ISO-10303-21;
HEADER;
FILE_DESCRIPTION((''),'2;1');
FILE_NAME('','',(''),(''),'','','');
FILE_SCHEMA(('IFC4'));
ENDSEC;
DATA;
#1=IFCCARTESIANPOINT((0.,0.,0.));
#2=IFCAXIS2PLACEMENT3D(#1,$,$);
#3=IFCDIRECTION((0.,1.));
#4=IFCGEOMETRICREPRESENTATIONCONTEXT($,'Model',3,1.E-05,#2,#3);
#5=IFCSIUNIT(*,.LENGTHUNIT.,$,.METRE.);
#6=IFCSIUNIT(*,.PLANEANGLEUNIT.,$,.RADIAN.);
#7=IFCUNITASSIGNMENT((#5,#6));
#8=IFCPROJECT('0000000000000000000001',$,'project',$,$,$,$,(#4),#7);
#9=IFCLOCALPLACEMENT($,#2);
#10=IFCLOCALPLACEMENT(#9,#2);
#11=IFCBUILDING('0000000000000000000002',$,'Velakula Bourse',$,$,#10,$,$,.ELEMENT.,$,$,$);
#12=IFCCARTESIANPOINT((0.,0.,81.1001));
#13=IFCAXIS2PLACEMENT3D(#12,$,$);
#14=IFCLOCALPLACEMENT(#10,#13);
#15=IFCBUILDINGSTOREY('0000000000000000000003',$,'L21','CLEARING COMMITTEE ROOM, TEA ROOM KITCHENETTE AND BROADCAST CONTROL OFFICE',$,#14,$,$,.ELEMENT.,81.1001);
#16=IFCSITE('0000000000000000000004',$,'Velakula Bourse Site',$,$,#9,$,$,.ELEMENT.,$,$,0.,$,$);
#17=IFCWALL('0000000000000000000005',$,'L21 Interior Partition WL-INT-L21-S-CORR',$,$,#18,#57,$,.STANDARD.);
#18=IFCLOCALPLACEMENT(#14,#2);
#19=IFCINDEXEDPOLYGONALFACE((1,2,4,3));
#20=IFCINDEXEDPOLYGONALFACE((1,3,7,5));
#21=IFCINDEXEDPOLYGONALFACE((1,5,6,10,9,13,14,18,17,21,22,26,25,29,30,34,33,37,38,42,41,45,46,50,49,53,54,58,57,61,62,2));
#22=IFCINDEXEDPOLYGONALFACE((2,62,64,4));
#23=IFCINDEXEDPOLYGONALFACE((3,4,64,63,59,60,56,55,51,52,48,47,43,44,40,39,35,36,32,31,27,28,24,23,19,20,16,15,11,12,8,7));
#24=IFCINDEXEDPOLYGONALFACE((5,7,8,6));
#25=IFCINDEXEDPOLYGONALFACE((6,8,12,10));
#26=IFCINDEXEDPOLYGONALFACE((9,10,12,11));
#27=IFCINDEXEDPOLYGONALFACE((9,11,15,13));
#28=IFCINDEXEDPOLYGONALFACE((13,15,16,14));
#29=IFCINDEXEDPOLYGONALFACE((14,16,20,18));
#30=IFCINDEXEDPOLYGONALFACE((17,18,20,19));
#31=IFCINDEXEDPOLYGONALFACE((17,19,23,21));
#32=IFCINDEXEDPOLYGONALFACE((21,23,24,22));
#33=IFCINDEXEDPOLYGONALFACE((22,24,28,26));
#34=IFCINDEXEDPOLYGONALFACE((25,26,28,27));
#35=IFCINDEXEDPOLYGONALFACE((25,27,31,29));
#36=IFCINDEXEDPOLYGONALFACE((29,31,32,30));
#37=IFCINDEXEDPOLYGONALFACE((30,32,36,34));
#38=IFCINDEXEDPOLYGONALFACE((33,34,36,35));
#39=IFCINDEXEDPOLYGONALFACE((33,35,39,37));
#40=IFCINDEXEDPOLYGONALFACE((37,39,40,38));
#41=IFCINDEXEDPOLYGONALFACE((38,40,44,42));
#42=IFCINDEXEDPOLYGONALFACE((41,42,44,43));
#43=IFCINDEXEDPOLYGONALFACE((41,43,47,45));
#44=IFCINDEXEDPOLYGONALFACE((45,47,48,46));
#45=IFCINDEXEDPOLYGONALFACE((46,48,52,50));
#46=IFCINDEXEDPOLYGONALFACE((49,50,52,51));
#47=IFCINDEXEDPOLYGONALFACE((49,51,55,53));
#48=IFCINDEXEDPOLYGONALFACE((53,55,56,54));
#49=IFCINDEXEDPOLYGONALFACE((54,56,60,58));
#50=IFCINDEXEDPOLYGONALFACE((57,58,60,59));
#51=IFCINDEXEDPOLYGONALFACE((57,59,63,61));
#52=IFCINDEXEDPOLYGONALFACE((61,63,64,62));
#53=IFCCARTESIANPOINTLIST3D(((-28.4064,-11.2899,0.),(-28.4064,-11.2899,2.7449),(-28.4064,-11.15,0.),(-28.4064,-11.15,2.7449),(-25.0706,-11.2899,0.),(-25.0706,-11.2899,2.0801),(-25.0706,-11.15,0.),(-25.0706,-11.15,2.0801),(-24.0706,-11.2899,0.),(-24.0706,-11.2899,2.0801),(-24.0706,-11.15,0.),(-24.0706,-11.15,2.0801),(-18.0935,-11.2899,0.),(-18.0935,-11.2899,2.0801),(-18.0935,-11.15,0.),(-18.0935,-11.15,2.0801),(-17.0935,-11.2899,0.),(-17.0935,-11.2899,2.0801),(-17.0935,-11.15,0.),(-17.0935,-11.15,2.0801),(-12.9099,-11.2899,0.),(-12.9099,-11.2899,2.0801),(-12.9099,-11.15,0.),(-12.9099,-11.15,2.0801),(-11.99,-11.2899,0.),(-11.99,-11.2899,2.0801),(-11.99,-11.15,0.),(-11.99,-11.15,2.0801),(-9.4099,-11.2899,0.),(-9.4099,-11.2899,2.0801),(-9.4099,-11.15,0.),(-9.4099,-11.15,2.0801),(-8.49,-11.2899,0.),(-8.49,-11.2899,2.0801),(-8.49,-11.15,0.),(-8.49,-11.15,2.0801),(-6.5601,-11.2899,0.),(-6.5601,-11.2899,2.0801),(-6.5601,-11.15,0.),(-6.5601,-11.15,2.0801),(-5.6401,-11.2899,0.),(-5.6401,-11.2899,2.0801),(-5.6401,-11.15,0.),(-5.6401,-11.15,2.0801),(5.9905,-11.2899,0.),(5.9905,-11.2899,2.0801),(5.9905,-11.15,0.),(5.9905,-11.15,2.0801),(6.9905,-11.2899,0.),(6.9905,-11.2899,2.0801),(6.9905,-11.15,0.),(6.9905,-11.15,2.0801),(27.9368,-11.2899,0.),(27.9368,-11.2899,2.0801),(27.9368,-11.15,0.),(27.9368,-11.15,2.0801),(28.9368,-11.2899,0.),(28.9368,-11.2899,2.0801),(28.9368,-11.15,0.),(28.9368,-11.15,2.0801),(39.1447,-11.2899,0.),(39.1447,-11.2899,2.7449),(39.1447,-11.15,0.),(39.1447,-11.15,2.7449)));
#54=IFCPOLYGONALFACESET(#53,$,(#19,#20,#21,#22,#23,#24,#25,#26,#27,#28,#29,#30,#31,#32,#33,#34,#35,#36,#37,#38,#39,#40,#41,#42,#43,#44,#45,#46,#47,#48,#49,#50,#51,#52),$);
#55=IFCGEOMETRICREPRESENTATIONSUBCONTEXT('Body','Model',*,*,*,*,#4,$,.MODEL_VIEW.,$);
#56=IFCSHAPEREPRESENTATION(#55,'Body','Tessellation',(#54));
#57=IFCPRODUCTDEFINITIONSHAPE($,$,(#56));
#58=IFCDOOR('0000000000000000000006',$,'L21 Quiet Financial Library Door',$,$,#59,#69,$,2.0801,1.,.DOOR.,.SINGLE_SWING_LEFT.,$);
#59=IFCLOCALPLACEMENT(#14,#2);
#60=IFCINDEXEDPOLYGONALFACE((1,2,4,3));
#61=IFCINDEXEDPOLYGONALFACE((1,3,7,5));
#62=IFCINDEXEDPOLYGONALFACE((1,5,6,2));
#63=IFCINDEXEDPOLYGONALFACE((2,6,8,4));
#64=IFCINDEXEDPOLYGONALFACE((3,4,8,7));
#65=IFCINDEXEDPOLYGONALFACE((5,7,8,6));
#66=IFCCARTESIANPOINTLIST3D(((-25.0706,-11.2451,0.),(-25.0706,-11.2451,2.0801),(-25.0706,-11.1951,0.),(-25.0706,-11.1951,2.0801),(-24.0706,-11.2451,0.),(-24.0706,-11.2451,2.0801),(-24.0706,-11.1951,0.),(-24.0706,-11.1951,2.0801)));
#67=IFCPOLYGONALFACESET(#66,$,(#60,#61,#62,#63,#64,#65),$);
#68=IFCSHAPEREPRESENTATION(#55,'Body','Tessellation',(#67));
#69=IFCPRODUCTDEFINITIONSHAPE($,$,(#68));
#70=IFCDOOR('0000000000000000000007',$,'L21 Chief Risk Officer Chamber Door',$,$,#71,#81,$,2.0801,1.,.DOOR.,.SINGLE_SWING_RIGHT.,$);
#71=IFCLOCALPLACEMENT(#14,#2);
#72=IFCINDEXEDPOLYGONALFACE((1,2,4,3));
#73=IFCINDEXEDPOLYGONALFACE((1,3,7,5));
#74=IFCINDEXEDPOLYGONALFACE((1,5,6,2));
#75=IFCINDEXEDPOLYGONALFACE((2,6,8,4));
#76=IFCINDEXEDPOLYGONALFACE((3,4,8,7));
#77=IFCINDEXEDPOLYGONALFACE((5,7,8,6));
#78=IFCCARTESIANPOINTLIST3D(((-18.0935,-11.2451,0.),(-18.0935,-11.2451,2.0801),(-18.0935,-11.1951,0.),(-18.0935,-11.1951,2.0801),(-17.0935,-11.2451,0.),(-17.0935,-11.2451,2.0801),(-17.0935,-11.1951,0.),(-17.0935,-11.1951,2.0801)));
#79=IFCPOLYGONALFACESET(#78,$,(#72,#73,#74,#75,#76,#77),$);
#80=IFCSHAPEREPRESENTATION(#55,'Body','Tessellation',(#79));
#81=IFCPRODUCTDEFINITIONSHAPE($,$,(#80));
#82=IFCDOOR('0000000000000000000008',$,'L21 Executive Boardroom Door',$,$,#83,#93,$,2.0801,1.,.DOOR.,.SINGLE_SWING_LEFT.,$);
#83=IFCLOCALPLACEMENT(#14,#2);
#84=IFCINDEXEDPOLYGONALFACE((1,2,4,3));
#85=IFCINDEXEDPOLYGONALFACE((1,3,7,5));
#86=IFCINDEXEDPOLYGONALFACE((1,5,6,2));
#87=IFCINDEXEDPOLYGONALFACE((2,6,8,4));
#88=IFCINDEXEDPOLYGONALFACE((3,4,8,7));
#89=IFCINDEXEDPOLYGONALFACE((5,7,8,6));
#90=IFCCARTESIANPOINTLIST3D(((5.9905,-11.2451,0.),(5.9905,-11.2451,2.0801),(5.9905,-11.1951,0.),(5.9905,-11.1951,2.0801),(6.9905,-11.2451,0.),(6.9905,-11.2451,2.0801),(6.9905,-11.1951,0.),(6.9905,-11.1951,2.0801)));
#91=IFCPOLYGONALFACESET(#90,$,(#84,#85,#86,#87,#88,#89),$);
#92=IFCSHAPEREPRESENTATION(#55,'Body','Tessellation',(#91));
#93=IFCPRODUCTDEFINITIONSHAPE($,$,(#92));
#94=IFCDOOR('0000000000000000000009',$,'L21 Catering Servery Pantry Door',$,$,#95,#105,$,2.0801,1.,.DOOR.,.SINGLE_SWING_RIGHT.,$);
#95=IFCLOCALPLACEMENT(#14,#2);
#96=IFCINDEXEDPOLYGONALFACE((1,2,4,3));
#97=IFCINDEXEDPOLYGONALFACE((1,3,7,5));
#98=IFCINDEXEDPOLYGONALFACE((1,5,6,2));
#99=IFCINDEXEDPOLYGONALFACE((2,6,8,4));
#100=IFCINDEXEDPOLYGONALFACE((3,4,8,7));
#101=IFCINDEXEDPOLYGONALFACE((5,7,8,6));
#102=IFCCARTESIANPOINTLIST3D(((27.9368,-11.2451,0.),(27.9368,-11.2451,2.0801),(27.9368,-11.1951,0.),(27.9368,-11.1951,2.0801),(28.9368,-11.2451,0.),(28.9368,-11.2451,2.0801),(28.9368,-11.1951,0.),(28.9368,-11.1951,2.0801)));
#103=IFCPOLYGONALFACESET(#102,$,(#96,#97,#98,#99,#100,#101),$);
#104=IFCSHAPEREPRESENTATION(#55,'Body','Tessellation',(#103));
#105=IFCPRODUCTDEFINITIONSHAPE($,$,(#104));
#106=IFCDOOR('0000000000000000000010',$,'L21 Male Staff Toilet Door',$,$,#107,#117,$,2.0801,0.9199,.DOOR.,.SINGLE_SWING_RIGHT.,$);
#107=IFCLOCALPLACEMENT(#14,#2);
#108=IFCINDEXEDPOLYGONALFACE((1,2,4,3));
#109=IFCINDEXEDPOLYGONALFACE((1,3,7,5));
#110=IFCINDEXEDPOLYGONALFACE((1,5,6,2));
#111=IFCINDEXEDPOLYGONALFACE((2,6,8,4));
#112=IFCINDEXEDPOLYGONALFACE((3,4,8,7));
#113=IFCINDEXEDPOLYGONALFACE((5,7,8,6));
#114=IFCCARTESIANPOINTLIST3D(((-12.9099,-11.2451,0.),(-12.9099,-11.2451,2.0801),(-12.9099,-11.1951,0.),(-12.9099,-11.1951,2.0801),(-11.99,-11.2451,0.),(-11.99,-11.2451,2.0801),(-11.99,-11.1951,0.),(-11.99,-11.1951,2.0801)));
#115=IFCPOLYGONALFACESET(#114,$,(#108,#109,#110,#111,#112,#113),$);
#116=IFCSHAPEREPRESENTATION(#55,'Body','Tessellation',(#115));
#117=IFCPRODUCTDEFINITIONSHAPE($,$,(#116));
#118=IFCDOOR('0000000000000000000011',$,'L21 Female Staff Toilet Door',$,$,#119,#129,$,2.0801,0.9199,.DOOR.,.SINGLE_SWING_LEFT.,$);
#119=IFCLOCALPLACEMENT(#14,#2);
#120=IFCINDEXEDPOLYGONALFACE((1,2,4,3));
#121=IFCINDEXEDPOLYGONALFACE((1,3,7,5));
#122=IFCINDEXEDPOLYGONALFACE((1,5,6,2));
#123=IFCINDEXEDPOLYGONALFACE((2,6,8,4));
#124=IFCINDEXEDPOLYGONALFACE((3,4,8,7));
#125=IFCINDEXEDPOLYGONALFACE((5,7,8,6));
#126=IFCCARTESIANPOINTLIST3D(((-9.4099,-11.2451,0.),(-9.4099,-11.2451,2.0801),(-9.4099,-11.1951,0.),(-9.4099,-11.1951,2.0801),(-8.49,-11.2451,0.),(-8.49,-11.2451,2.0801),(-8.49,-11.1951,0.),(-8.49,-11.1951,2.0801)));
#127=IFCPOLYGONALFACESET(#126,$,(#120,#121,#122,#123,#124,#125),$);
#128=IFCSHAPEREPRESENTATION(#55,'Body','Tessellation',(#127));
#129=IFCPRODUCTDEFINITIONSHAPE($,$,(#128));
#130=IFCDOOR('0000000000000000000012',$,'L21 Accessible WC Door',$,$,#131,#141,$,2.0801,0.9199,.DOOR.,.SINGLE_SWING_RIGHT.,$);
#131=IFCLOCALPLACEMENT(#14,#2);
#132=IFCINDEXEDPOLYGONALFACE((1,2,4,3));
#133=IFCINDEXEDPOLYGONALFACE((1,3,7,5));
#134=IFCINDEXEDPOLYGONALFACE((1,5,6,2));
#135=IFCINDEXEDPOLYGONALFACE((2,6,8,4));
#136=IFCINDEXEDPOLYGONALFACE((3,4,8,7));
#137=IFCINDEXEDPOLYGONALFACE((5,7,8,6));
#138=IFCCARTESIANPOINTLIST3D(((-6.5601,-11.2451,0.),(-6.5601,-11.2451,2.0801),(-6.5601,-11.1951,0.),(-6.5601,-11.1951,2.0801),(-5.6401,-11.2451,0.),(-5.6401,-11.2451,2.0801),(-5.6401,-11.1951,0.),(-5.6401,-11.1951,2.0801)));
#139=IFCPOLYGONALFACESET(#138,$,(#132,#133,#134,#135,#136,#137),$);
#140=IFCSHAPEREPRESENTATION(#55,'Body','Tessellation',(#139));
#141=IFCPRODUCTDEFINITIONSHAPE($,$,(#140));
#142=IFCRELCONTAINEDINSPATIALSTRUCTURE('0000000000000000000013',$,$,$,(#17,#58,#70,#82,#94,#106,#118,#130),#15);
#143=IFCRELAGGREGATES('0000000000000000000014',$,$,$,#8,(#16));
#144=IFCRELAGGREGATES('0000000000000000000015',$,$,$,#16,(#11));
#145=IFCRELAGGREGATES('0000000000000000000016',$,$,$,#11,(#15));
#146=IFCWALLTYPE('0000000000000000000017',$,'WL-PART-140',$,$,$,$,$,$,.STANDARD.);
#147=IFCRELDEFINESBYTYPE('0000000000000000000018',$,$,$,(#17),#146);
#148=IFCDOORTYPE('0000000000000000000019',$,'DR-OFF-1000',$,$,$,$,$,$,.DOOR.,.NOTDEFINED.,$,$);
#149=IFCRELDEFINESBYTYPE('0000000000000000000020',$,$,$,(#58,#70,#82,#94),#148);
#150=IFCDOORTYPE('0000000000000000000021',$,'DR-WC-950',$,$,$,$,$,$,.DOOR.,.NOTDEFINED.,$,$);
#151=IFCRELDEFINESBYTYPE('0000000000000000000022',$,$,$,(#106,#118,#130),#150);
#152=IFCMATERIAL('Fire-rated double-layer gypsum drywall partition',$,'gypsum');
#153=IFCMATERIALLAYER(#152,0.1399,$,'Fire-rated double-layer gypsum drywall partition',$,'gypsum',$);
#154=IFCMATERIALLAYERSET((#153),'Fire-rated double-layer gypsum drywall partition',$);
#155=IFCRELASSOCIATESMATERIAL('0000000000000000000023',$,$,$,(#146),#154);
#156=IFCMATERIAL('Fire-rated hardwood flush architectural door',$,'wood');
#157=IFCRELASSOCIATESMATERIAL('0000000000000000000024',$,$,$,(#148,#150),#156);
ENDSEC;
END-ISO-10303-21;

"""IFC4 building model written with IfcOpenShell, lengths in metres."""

from ifc_helpers import new_model, si_unit, direction, frame, frame_2d, origin, place, context, subcontext, project, spatial, rectangle, extrude, material, layer, layer_set, type_object, element, fill, save


model = new_model("IFC4")

# Units and contexts
model_context = context("Model", 3, precision=1e-05, world=origin(), true_north=direction((0.0, 1.0)))
body_context = subcontext(model_context, "Body", "Model", "MODEL_VIEW")
ifc_project = project(units=[si_unit("LENGTHUNIT", "METRE"), si_unit("PLANEANGLEUNIT", "RADIAN")], contexts=[model_context])

# Site, building, storey
site_placement = place(None, origin())
site = spatial("IfcSite", under=ifc_project, at=site_placement, Name="Velakula Bourse Site", CompositionType="ELEMENT", RefElevation=0.0)
building_placement = place(site_placement, origin())
building = spatial("IfcBuilding", under=site, at=building_placement, Name="Velakula Bourse", CompositionType="ELEMENT")
storey_placement = place(building_placement, frame((0.0, 0.0, 81.1001)))
storey = spatial("IfcBuildingStorey", under=building, at=storey_placement, Name="L21", Description="CLEARING COMMITTEE ROOM, TEA ROOM KITCHENETTE AND BROADCAST CONTROL OFFICE", CompositionType="ELEMENT", Elevation=81.1001)

# Wall, openings, doors
ifc_material_1 = material(Name="Fire-rated double-layer gypsum drywall partition", Category="gypsum")
ifc_layer_1 = layer(ifc_material_1, 0.1399, Name="Fire-rated double-layer gypsum drywall partition", Category="gypsum")
ifc_layer_set_1 = layer_set([ifc_layer_1], Name="Fire-rated double-layer gypsum drywall partition")
wall_type_1 = type_object("IfcWallType", Name="WL-PART-140", PredefinedType="STANDARD", material=ifc_layer_set_1)
wall_1_placement = place(storey_placement, frame((-28.4062, -11.22, 0.0), z_axis=(0.0, 0.0, 1.0), x_axis=(1.0, 0.0, 0.0)))
wall_1 = element("IfcWall", 1, at=wall_1_placement, inside=storey, type_object=wall_type_1, Name="L21 Interior Partition WL-INT-L21-S-CORR", PredefinedType="STANDARD", context=body_context, shape_type="SweptSolid", body=[
    extrude(rectangle(XDim=67.551, YDim=0.1399, at=frame_2d((33.7754, 0.0))), origin(), (0.0, 0.0, 1.0), 2.7449),
])
opening_1_placement = place(wall_1_placement, frame((15.4963, 0.0, 0.0)))
opening_1 = element("IfcOpeningElement", 2, at=opening_1_placement, cuts=wall_1, PredefinedType="OPENING", context=body_context, shape_type="SweptSolid", body=[
    extrude(rectangle(XDim=0.9199, YDim=2.0801, at=frame_2d((0.46, 1.04))), frame((0.0, 0.0798, 0.0), z_axis=(0.0, -1.0, 0.0), x_axis=(1.0, 0.0, 0.0)), (0.0, 0.0, 1.0), 0.1599),
])
opening_2_placement = place(wall_1_placement, frame((18.9963, 0.0, 0.0)))
opening_2 = element("IfcOpeningElement", 3, at=opening_2_placement, cuts=wall_1, PredefinedType="OPENING", context=body_context, shape_type="SweptSolid", body=[
    extrude(rectangle(XDim=0.9199, YDim=2.0801, at=frame_2d((0.46, 1.04))), frame((0.0, 0.0798, 0.0), z_axis=(0.0, -1.0, 0.0), x_axis=(1.0, 0.0, 0.0)), (0.0, 0.0, 1.0), 0.1599),
])
opening_3_placement = place(wall_1_placement, frame((21.8462, 0.0, 0.0)))
opening_3 = element("IfcOpeningElement", 4, at=opening_3_placement, cuts=wall_1, PredefinedType="OPENING", context=body_context, shape_type="SweptSolid", body=[
    extrude(rectangle(XDim=0.9199, YDim=2.0801, at=frame_2d((0.46, 1.04))), frame((0.0, 0.0798, 0.0), z_axis=(0.0, -1.0, 0.0), x_axis=(1.0, 0.0, 0.0)), (0.0, 0.0, 1.0), 0.1599),
])
opening_4_placement = place(wall_1_placement, frame((3.3357, 0.0, 0.0)))
opening_4 = element("IfcOpeningElement", 5, at=opening_4_placement, cuts=wall_1, PredefinedType="OPENING", context=body_context, shape_type="SweptSolid", body=[
    extrude(rectangle(XDim=1.0, YDim=2.0801, at=frame_2d((0.5, 1.04))), frame((0.0, 0.0798, 0.0), z_axis=(0.0, -1.0, 0.0), x_axis=(1.0, 0.0, 0.0)), (0.0, 0.0, 1.0), 0.1599),
])
opening_5_placement = place(wall_1_placement, frame((10.3127, 0.0, 0.0)))
opening_5 = element("IfcOpeningElement", 6, at=opening_5_placement, cuts=wall_1, PredefinedType="OPENING", context=body_context, shape_type="SweptSolid", body=[
    extrude(rectangle(XDim=1.0, YDim=2.0801, at=frame_2d((0.5, 1.04))), frame((0.0, 0.0798, 0.0), z_axis=(0.0, -1.0, 0.0), x_axis=(1.0, 0.0, 0.0)), (0.0, 0.0, 1.0), 0.1599),
])
opening_6_placement = place(wall_1_placement, frame((34.3967, 0.0, 0.0)))
opening_6 = element("IfcOpeningElement", 7, at=opening_6_placement, cuts=wall_1, PredefinedType="OPENING", context=body_context, shape_type="SweptSolid", body=[
    extrude(rectangle(XDim=1.0, YDim=2.0801, at=frame_2d((0.5, 1.04))), frame((0.0, 0.0798, 0.0), z_axis=(0.0, -1.0, 0.0), x_axis=(1.0, 0.0, 0.0)), (0.0, 0.0, 1.0), 0.1599),
])
opening_7_placement = place(wall_1_placement, frame((56.343, 0.0, 0.0)))
opening_7 = element("IfcOpeningElement", 8, at=opening_7_placement, cuts=wall_1, PredefinedType="OPENING", context=body_context, shape_type="SweptSolid", body=[
    extrude(rectangle(XDim=1.0, YDim=2.0801, at=frame_2d((0.5, 1.04))), frame((0.0, 0.0798, 0.0), z_axis=(0.0, -1.0, 0.0), x_axis=(1.0, 0.0, 0.0)), (0.0, 0.0, 1.0), 0.1599),
])
ifc_material_2 = material(Name="Fire-rated hardwood flush architectural door", Category="wood")
door_type_1 = type_object("IfcDoorType", Name="DR-OFF-1000", OperationType="NOTDEFINED", PredefinedType="DOOR", material=ifc_material_2)
door_1_placement = place(opening_4_placement, origin())
door_1 = element("IfcDoor", 9, at=door_1_placement, inside=storey, type_object=door_type_1, Name="L21 Quiet Financial Library Door", OperationType="SINGLE_SWING_LEFT", OverallHeight=2.0801, OverallWidth=1.0, PredefinedType="DOOR", context=body_context, shape_type="SweptSolid", body=[
    extrude(rectangle(XDim=1.0, YDim=2.0801, at=frame_2d((0.5, 1.04))), frame((0.0, 0.0249, 0.0), z_axis=(0.0, -1.0, 0.0), x_axis=(1.0, 0.0, 0.0)), (0.0, 0.0, 1.0), 0.05),
])
fill(opening_4, door_1)
door_2_placement = place(opening_5_placement, origin())
door_2 = element("IfcDoor", 10, at=door_2_placement, inside=storey, type_object=door_type_1, Name="L21 Chief Risk Officer Chamber Door", OperationType="SINGLE_SWING_RIGHT", OverallHeight=2.0801, OverallWidth=1.0, PredefinedType="DOOR", context=body_context, shape_type="SweptSolid", body=[
    extrude(rectangle(XDim=1.0, YDim=2.0801, at=frame_2d((0.5, 1.04))), frame((0.0, 0.0249, 0.0), z_axis=(0.0, -1.0, 0.0), x_axis=(1.0, 0.0, 0.0)), (0.0, 0.0, 1.0), 0.05),
])
fill(opening_5, door_2)
door_3_placement = place(opening_6_placement, origin())
door_3 = element("IfcDoor", 11, at=door_3_placement, inside=storey, type_object=door_type_1, Name="L21 Executive Boardroom Door", OperationType="SINGLE_SWING_LEFT", OverallHeight=2.0801, OverallWidth=1.0, PredefinedType="DOOR", context=body_context, shape_type="SweptSolid", body=[
    extrude(rectangle(XDim=1.0, YDim=2.0801, at=frame_2d((0.5, 1.04))), frame((0.0, 0.0249, 0.0), z_axis=(0.0, -1.0, 0.0), x_axis=(1.0, 0.0, 0.0)), (0.0, 0.0, 1.0), 0.05),
])
fill(opening_6, door_3)
door_4_placement = place(opening_7_placement, origin())
door_4 = element("IfcDoor", 12, at=door_4_placement, inside=storey, type_object=door_type_1, Name="L21 Catering Servery Pantry Door", OperationType="SINGLE_SWING_RIGHT", OverallHeight=2.0801, OverallWidth=1.0, PredefinedType="DOOR", context=body_context, shape_type="SweptSolid", body=[
    extrude(rectangle(XDim=1.0, YDim=2.0801, at=frame_2d((0.5, 1.04))), frame((0.0, 0.0249, 0.0), z_axis=(0.0, -1.0, 0.0), x_axis=(1.0, 0.0, 0.0)), (0.0, 0.0, 1.0), 0.05),
])
fill(opening_7, door_4)
door_type_2 = type_object("IfcDoorType", Name="DR-WC-950", OperationType="NOTDEFINED", PredefinedType="DOOR", material=ifc_material_2)
door_5_placement = place(opening_1_placement, origin())
door_5 = element("IfcDoor", 13, at=door_5_placement, inside=storey, type_object=door_type_2, Name="L21 Male Staff Toilet Door", OperationType="SINGLE_SWING_RIGHT", OverallHeight=2.0801, OverallWidth=0.9199, PredefinedType="DOOR", context=body_context, shape_type="SweptSolid", body=[
    extrude(rectangle(XDim=0.9199, YDim=2.0801, at=frame_2d((0.46, 1.04))), frame((0.0, 0.0249, 0.0), z_axis=(0.0, -1.0, 0.0), x_axis=(1.0, 0.0, 0.0)), (0.0, 0.0, 1.0), 0.05),
])
fill(opening_1, door_5)
door_6_placement = place(opening_2_placement, origin())
door_6 = element("IfcDoor", 14, at=door_6_placement, inside=storey, type_object=door_type_2, Name="L21 Female Staff Toilet Door", OperationType="SINGLE_SWING_LEFT", OverallHeight=2.0801, OverallWidth=0.9199, PredefinedType="DOOR", context=body_context, shape_type="SweptSolid", body=[
    extrude(rectangle(XDim=0.9199, YDim=2.0801, at=frame_2d((0.46, 1.04))), frame((0.0, 0.0249, 0.0), z_axis=(0.0, -1.0, 0.0), x_axis=(1.0, 0.0, 0.0)), (0.0, 0.0, 1.0), 0.05),
])
fill(opening_2, door_6)
door_7_placement = place(opening_3_placement, origin())
door_7 = element("IfcDoor", 15, at=door_7_placement, inside=storey, type_object=door_type_2, Name="L21 Accessible WC Door", OperationType="SINGLE_SWING_RIGHT", OverallHeight=2.0801, OverallWidth=0.9199, PredefinedType="DOOR", context=body_context, shape_type="SweptSolid", body=[
    extrude(rectangle(XDim=0.9199, YDim=2.0801, at=frame_2d((0.46, 1.04))), frame((0.0, 0.0249, 0.0), z_axis=(0.0, -1.0, 0.0), x_axis=(1.0, 0.0, 0.0)), (0.0, 0.0, 1.0), 0.05),
])
fill(opening_3, door_7)

save(model, "model.ifc")
